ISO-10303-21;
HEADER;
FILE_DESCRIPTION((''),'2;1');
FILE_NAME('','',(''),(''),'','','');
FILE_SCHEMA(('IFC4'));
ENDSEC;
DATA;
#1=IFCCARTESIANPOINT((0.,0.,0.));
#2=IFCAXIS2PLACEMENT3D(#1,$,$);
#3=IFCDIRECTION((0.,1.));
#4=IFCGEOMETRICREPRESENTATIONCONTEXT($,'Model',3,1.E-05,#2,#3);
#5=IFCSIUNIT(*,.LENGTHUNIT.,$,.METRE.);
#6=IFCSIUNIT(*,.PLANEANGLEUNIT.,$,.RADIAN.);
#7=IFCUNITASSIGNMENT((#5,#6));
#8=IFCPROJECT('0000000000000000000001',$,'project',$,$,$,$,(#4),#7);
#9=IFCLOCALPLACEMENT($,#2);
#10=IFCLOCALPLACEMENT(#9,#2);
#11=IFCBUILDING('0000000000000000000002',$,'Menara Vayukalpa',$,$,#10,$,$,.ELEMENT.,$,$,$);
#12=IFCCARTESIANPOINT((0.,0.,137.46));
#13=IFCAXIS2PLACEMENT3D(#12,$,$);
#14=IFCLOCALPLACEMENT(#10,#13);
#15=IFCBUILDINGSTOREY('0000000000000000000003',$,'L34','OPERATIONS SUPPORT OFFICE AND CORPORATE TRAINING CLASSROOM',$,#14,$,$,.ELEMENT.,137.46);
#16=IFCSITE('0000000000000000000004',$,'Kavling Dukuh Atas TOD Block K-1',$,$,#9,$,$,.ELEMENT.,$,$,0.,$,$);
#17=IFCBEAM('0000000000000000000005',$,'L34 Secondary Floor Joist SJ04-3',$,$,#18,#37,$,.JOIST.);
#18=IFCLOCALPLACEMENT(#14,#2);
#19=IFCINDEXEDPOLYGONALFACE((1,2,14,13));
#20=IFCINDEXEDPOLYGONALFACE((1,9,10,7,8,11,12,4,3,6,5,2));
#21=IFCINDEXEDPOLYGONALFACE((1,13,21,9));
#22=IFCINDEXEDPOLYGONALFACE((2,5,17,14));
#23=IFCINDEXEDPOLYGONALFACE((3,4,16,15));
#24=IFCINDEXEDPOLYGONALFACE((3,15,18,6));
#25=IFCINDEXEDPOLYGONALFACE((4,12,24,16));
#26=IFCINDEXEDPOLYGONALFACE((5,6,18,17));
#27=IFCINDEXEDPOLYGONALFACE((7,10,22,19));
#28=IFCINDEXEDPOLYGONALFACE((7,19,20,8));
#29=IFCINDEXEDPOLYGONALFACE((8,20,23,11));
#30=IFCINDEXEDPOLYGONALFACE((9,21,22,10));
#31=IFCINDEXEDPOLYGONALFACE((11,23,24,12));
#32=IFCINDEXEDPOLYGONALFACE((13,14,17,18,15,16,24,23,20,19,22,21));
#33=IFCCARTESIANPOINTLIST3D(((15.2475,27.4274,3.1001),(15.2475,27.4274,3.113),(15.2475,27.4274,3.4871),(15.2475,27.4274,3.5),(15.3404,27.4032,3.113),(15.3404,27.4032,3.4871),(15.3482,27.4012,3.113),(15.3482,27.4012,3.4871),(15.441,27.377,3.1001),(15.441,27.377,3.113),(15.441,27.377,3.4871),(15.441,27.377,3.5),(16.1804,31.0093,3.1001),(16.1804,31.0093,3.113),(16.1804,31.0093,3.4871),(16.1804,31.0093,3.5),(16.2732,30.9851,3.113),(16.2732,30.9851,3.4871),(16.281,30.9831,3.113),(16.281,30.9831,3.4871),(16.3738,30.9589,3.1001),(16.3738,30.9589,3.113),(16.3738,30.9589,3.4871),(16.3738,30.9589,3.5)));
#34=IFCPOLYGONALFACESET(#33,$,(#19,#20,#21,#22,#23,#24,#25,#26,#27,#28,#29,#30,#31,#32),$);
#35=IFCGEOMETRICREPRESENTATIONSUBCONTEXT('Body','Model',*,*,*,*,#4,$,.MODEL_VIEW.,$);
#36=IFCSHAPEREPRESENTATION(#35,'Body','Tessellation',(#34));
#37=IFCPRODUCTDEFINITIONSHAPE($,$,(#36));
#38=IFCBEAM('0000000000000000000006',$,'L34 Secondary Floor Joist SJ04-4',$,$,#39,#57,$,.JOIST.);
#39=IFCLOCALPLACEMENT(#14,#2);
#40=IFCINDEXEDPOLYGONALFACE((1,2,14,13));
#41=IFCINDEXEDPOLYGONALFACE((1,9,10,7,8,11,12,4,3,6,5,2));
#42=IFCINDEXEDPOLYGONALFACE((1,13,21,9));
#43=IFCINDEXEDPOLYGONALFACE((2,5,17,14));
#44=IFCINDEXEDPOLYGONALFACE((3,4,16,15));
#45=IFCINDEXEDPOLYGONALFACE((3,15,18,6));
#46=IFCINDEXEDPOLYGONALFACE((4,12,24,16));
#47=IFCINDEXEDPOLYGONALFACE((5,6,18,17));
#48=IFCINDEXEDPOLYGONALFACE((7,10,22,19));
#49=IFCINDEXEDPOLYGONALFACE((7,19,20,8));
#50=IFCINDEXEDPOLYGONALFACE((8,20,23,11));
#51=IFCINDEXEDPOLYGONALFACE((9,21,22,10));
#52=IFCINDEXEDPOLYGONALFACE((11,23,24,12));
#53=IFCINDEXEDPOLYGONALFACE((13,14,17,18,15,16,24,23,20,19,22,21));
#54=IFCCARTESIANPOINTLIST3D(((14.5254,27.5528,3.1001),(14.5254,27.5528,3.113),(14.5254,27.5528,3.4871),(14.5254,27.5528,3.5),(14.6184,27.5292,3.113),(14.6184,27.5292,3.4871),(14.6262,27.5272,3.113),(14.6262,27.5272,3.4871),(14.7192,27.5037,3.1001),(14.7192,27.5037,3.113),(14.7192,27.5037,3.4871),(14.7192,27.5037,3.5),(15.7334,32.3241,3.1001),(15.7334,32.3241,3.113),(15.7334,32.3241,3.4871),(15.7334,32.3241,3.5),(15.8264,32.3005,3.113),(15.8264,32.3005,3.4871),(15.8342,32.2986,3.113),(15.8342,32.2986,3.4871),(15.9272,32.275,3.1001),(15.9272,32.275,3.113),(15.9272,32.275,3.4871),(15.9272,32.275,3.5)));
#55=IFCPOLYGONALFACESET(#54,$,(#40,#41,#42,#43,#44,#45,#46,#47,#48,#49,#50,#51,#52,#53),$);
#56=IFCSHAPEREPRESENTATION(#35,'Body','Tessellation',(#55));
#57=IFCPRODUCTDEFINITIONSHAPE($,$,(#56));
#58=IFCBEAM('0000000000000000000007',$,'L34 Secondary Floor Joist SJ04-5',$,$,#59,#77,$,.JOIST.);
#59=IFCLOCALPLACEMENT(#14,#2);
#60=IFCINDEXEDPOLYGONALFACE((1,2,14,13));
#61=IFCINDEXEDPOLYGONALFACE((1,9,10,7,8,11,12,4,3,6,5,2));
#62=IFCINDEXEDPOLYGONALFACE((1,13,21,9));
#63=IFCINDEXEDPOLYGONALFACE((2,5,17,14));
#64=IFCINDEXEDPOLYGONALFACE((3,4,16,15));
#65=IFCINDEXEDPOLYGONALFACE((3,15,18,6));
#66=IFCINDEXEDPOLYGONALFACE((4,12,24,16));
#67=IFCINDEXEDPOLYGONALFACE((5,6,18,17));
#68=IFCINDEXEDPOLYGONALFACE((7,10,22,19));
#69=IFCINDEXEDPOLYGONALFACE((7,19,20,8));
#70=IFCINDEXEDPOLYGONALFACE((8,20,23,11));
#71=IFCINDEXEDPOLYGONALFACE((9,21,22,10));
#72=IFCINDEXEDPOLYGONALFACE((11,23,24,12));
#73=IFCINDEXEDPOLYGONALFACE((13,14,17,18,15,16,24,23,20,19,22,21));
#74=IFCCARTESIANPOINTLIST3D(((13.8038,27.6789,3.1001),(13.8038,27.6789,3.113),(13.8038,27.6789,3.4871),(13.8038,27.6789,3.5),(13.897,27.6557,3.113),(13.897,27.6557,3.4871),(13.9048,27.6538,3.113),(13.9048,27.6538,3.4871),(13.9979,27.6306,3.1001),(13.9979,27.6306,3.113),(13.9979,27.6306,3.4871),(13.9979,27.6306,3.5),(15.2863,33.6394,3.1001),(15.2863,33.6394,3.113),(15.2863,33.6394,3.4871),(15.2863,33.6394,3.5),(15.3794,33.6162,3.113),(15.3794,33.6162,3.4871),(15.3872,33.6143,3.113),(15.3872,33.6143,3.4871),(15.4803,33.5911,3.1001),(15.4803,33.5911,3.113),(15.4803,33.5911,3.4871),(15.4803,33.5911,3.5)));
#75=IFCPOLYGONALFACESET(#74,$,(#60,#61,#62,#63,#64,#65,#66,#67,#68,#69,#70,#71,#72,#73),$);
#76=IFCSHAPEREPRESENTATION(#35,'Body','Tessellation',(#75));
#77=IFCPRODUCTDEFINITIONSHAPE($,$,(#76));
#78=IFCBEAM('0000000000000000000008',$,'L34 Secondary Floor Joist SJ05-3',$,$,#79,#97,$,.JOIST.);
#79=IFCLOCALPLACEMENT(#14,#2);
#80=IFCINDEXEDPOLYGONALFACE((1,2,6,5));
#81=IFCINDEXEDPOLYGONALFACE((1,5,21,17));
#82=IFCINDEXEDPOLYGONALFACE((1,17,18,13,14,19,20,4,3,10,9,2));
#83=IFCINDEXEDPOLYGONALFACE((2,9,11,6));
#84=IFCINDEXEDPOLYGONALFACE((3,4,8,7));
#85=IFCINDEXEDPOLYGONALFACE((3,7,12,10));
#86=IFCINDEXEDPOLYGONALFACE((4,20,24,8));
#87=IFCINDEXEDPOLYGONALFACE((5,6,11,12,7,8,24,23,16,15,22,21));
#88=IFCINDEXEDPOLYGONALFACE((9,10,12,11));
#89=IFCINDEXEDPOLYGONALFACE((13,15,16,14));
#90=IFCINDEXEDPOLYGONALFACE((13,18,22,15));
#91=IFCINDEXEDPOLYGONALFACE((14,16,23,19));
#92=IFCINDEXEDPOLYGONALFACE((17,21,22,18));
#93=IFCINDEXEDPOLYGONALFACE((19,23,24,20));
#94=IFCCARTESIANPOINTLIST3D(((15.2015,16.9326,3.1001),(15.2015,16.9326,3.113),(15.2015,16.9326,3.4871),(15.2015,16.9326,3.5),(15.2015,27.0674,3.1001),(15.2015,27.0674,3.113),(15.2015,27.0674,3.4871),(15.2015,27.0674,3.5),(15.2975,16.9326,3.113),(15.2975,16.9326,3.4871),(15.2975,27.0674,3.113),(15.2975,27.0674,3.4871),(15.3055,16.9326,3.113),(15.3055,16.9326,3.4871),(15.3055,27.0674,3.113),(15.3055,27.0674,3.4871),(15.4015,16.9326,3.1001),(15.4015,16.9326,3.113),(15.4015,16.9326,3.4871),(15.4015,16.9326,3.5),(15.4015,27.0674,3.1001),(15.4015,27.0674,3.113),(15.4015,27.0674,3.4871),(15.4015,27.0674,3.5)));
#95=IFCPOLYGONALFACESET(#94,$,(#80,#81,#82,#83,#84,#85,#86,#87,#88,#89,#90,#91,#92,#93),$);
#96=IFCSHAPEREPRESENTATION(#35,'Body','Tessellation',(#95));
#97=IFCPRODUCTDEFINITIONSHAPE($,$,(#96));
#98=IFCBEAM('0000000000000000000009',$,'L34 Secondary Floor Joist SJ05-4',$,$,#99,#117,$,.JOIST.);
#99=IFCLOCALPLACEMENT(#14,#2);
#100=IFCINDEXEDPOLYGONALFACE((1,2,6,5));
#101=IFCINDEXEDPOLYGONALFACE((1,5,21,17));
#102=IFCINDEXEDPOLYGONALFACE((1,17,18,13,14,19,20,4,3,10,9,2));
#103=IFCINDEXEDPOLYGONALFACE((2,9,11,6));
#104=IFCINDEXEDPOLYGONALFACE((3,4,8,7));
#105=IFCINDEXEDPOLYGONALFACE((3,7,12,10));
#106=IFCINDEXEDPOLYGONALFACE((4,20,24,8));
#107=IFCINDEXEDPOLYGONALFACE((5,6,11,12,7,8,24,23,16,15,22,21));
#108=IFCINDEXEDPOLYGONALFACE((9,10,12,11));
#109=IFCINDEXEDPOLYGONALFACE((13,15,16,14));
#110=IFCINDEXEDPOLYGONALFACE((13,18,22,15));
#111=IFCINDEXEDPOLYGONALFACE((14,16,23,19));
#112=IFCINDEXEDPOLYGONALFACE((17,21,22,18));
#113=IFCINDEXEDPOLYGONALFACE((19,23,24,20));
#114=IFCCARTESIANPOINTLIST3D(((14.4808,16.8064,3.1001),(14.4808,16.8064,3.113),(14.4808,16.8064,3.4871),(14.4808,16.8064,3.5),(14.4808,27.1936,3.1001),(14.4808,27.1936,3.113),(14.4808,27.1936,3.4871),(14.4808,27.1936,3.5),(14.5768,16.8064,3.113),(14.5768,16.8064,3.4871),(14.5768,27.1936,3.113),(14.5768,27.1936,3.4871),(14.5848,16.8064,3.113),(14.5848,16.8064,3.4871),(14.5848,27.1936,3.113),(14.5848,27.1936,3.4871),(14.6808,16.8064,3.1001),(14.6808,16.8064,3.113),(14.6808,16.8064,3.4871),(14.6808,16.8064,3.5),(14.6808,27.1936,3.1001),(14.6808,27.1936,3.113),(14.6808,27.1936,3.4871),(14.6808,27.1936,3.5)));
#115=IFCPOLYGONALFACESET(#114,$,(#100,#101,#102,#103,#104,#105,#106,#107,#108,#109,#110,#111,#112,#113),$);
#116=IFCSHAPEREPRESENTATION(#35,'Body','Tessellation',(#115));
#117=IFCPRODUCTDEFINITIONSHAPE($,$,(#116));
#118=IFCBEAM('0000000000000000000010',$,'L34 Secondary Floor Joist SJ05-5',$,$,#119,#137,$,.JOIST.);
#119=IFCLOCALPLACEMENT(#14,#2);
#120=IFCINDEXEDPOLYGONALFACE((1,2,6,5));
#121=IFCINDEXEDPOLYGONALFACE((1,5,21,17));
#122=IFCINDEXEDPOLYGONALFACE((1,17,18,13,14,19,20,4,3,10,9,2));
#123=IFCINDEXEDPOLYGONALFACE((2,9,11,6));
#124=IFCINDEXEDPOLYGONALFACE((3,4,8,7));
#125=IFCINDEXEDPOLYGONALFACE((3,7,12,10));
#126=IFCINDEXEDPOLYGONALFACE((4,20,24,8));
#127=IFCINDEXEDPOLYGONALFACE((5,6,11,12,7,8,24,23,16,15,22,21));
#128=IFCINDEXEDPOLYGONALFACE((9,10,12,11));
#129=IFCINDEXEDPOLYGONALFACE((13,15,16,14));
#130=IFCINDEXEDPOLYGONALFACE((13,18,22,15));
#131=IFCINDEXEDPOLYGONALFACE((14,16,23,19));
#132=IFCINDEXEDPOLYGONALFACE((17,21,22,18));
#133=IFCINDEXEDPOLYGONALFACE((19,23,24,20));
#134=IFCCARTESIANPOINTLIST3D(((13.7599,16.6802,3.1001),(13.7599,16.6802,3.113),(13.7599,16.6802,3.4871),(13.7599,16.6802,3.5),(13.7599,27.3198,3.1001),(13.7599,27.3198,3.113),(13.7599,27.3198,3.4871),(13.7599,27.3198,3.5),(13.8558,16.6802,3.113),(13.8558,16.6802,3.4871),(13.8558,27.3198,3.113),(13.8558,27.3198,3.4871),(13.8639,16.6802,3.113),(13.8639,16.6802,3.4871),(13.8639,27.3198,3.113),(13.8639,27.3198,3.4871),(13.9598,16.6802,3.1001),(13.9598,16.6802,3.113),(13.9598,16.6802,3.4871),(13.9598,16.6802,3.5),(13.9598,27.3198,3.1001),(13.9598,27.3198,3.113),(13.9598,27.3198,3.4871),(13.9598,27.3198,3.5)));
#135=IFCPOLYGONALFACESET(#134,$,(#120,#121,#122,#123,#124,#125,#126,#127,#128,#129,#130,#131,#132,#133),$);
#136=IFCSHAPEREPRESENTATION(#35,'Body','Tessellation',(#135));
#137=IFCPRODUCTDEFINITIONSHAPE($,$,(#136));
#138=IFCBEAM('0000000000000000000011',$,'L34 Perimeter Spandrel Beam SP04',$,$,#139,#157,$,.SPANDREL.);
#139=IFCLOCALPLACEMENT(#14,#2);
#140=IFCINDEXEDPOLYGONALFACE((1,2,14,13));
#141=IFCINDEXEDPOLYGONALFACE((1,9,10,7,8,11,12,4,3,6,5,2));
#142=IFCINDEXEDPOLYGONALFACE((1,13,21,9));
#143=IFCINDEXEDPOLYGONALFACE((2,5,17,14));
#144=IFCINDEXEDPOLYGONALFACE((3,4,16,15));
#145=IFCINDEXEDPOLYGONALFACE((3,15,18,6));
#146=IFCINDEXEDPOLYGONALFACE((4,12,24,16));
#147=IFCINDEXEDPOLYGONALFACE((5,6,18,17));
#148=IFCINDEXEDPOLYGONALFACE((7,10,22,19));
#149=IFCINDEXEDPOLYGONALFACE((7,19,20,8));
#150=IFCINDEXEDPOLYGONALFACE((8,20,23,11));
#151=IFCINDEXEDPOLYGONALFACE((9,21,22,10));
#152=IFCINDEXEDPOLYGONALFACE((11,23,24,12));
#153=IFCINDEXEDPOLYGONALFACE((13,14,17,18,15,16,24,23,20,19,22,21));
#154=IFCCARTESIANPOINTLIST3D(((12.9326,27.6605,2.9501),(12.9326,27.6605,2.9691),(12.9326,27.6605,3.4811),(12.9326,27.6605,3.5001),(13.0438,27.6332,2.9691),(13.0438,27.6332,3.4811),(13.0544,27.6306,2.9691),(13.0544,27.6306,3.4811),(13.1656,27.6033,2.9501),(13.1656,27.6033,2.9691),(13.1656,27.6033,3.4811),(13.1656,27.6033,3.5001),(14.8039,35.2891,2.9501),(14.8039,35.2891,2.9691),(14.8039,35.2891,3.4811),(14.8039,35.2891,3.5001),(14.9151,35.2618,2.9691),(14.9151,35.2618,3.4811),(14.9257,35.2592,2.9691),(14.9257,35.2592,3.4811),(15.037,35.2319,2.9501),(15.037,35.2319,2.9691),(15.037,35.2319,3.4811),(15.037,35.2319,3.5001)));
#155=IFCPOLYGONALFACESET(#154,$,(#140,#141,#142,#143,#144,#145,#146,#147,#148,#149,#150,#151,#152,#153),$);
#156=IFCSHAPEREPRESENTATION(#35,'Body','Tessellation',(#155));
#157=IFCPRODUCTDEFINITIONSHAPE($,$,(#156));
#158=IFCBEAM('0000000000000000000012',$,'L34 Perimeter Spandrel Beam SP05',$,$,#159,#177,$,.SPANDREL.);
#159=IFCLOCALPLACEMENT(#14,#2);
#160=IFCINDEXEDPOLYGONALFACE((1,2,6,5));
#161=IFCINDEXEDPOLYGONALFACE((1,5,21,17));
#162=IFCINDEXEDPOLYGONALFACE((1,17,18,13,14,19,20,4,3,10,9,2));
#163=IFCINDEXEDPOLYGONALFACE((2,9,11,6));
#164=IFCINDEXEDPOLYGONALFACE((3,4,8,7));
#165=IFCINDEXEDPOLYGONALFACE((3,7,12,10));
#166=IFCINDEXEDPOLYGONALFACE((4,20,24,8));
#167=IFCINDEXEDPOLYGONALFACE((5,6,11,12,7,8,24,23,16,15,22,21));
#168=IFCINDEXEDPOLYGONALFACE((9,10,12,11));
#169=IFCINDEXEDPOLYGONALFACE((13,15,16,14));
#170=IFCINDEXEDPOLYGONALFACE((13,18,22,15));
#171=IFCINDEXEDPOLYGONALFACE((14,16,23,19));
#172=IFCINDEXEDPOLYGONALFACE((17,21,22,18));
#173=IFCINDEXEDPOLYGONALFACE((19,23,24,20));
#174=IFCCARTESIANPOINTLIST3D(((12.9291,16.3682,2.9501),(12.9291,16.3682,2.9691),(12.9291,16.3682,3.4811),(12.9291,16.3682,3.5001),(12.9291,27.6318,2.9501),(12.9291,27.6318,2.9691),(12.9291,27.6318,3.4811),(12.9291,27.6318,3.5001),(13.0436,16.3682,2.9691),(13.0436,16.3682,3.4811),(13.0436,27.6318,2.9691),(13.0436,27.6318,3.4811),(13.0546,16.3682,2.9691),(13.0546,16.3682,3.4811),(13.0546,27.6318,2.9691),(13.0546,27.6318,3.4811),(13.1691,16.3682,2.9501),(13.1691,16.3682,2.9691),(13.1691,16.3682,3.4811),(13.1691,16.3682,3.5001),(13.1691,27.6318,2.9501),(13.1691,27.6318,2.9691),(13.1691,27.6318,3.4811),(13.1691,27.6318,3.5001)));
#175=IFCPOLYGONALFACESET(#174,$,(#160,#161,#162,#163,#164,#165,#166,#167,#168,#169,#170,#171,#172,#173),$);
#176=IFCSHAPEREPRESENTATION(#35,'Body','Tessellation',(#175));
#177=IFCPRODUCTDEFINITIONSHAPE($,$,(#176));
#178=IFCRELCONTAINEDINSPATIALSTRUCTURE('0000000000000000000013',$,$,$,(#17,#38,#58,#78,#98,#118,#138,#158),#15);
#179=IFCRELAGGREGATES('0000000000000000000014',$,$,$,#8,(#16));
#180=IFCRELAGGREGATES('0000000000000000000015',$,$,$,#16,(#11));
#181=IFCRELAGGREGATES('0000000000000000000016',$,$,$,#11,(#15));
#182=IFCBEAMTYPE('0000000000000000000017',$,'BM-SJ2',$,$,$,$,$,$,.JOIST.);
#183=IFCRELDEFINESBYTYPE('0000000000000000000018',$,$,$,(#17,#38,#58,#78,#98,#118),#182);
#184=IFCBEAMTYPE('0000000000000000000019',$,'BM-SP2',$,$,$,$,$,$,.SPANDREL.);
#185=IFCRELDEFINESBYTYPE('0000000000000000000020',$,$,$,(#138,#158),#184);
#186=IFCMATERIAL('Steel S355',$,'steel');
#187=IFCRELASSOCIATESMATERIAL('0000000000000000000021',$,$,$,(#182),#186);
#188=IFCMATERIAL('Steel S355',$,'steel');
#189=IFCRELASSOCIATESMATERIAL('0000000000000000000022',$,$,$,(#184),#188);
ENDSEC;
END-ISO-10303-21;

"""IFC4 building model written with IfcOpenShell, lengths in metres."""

from ifc_helpers import new_model, si_unit, direction, frame, origin, origin_2d, place, context, subcontext, project, spatial, i_section, extrude, material, material_profile, profile_set, type_object, element, save


model = new_model("IFC4")

# Units and contexts
model_context = context("Model", 3, precision=1e-05, world=origin(), true_north=direction((0.0, 1.0)))
body_context = subcontext(model_context, "Body", "Model", "MODEL_VIEW")
ifc_project = project(units=[si_unit("LENGTHUNIT", "METRE"), si_unit("PLANEANGLEUNIT", "RADIAN")], contexts=[model_context])

# Site, building, storey
site_placement = place(None, origin())
site = spatial("IfcSite", under=ifc_project, at=site_placement, Name="Kavling Dukuh Atas TOD Block K-1", CompositionType="ELEMENT", RefElevation=0.0)
building_placement = place(site_placement, origin())
building = spatial("IfcBuilding", under=site, at=building_placement, Name="Menara Vayukalpa", CompositionType="ELEMENT")
storey_placement = place(building_placement, frame((0.0, 0.0, 137.46)))
storey = spatial("IfcBuildingStorey", under=building, at=storey_placement, Name="L34", Description="OPERATIONS SUPPORT OFFICE AND CORPORATE TRAINING CLASSROOM", CompositionType="ELEMENT", Elevation=137.46)

# Beams
ifc_material_1 = material(Name="Steel S355", Category="steel")
ifc_material_profile_1 = material_profile(ifc_material_1, i_section(OverallWidth=0.2, OverallDepth=0.3999, WebThickness=0.0081, FlangeThickness=0.0129, at=origin_2d()), Name="WF 400x200x8x13")
ifc_profile_set_1 = profile_set([ifc_material_profile_1], Name="Steel S355")
beam_type_1 = type_object("IfcBeamType", Name="BM-SJ2", PredefinedType="JOIST", material=ifc_profile_set_1)
beam_1_placement = place(storey_placement, frame((16.2771, 30.9841, 3.3), z_axis=(-0.252022, -0.967722, 0.0), x_axis=(0.967722, -0.252022, 0.0)))
element("IfcBeam", 1, at=beam_1_placement, inside=storey, type_object=beam_type_1, Name="L34 Secondary Floor Joist SJ04-3", PredefinedType="JOIST", context=body_context, shape_type="SweptSolid", body=[
    extrude(i_section(OverallWidth=0.2, OverallDepth=0.3999, WebThickness=0.0081, FlangeThickness=0.0129, at=origin_2d()), origin(), (0.0, 0.0, 1.0), 3.7014),
])
beam_2_placement = place(storey_placement, frame((15.8303, 32.2996, 3.3), z_axis=(-0.245441, -0.969412, 0.0), x_axis=(0.969412, -0.245441, 0.0)))
element("IfcBeam", 2, at=beam_2_placement, inside=storey, type_object=beam_type_1, Name="L34 Secondary Floor Joist SJ04-4", PredefinedType="JOIST", context=body_context, shape_type="SweptSolid", body=[
    extrude(i_section(OverallWidth=0.2, OverallDepth=0.3999, WebThickness=0.0081, FlangeThickness=0.0129, at=origin_2d()), origin(), (0.0, 0.0, 1.0), 4.9219),
])
beam_3_placement = place(storey_placement, frame((15.3833, 33.6152, 3.3), z_axis=(-0.241357, -0.970436, 0.0), x_axis=(0.970436, -0.241357, 0.0)))
element("IfcBeam", 3, at=beam_3_placement, inside=storey, type_object=beam_type_1, Name="L34 Secondary Floor Joist SJ04-5", PredefinedType="JOIST", context=body_context, shape_type="SweptSolid", body=[
    extrude(i_section(OverallWidth=0.2, OverallDepth=0.3999, WebThickness=0.0081, FlangeThickness=0.0129, at=origin_2d()), origin(), (0.0, 0.0, 1.0), 6.1421),
])
beam_4_placement = place(storey_placement, frame((15.3015, 27.0674, 3.3), z_axis=(0.0, -1.0, 0.0), x_axis=(1.0, 0.0, 0.0)))
element("IfcBeam", 4, at=beam_4_placement, inside=storey, type_object=beam_type_1, Name="L34 Secondary Floor Joist SJ05-3", PredefinedType="JOIST", context=body_context, shape_type="SweptSolid", body=[
    extrude(i_section(OverallWidth=0.2, OverallDepth=0.3999, WebThickness=0.0081, FlangeThickness=0.0129, at=origin_2d()), origin(), (0.0, 0.0, 1.0), 10.1348),
])
beam_5_placement = place(storey_placement, frame((14.5808, 27.1936, 3.3), z_axis=(0.0, -1.0, 0.0), x_axis=(1.0, 0.0, 0.0)))
element("IfcBeam", 5, at=beam_5_placement, inside=storey, type_object=beam_type_1, Name="L34 Secondary Floor Joist SJ05-4", PredefinedType="JOIST", context=body_context, shape_type="SweptSolid", body=[
    extrude(i_section(OverallWidth=0.2, OverallDepth=0.3999, WebThickness=0.0081, FlangeThickness=0.0129, at=origin_2d()), origin(), (0.0, 0.0, 1.0), 10.3872),
])
beam_6_placement = place(storey_placement, frame((13.8599, 27.3198, 3.3), z_axis=(0.0, -1.0, 0.0), x_axis=(1.0, 0.0, 0.0)))
element("IfcBeam", 6, at=beam_6_placement, inside=storey, type_object=beam_type_1, Name="L34 Secondary Floor Joist SJ05-5", PredefinedType="JOIST", context=body_context, shape_type="SweptSolid", body=[
    extrude(i_section(OverallWidth=0.2, OverallDepth=0.3999, WebThickness=0.0081, FlangeThickness=0.0129, at=origin_2d()), origin(), (0.0, 0.0, 1.0), 10.6396),
])
ifc_material_2 = material(Name="Steel S355", Category="steel")
ifc_material_profile_2 = material_profile(ifc_material_2, i_section(OverallWidth=0.24, OverallDepth=0.55, WebThickness=0.011, FlangeThickness=0.019, at=origin_2d()), Name="WF 550x240x11x19")
ifc_profile_set_2 = profile_set([ifc_material_profile_2], Name="Steel S355")
beam_type_2 = type_object("IfcBeamType", Name="BM-SP2", PredefinedType="SPANDREL", material=ifc_profile_set_2)
beam_7_placement = place(storey_placement, frame((14.9204, 35.2605, 3.2251), z_axis=(-0.23824, -0.971206, 0.0), x_axis=(0.971206, -0.23824, 0.0)))
element("IfcBeam", 7, at=beam_7_placement, inside=storey, type_object=beam_type_2, Name="L34 Perimeter Spandrel Beam SP04", PredefinedType="SPANDREL", context=body_context, shape_type="SweptSolid", body=[
    extrude(i_section(OverallWidth=0.24, OverallDepth=0.55, WebThickness=0.011, FlangeThickness=0.019, at=origin_2d()), origin(), (0.0, 0.0, 1.0), 7.8547),
])
beam_8_placement = place(storey_placement, frame((13.0491, 27.6318, 3.2251), z_axis=(0.0, -1.0, 0.0), x_axis=(1.0, 0.0, 0.0)))
element("IfcBeam", 8, at=beam_8_placement, inside=storey, type_object=beam_type_2, Name="L34 Perimeter Spandrel Beam SP05", PredefinedType="SPANDREL", context=body_context, shape_type="SweptSolid", body=[
    extrude(i_section(OverallWidth=0.24, OverallDepth=0.55, WebThickness=0.011, FlangeThickness=0.019, at=origin_2d()), origin(), (0.0, 0.0, 1.0), 11.2637),
])

save(model, "model.ifc")
